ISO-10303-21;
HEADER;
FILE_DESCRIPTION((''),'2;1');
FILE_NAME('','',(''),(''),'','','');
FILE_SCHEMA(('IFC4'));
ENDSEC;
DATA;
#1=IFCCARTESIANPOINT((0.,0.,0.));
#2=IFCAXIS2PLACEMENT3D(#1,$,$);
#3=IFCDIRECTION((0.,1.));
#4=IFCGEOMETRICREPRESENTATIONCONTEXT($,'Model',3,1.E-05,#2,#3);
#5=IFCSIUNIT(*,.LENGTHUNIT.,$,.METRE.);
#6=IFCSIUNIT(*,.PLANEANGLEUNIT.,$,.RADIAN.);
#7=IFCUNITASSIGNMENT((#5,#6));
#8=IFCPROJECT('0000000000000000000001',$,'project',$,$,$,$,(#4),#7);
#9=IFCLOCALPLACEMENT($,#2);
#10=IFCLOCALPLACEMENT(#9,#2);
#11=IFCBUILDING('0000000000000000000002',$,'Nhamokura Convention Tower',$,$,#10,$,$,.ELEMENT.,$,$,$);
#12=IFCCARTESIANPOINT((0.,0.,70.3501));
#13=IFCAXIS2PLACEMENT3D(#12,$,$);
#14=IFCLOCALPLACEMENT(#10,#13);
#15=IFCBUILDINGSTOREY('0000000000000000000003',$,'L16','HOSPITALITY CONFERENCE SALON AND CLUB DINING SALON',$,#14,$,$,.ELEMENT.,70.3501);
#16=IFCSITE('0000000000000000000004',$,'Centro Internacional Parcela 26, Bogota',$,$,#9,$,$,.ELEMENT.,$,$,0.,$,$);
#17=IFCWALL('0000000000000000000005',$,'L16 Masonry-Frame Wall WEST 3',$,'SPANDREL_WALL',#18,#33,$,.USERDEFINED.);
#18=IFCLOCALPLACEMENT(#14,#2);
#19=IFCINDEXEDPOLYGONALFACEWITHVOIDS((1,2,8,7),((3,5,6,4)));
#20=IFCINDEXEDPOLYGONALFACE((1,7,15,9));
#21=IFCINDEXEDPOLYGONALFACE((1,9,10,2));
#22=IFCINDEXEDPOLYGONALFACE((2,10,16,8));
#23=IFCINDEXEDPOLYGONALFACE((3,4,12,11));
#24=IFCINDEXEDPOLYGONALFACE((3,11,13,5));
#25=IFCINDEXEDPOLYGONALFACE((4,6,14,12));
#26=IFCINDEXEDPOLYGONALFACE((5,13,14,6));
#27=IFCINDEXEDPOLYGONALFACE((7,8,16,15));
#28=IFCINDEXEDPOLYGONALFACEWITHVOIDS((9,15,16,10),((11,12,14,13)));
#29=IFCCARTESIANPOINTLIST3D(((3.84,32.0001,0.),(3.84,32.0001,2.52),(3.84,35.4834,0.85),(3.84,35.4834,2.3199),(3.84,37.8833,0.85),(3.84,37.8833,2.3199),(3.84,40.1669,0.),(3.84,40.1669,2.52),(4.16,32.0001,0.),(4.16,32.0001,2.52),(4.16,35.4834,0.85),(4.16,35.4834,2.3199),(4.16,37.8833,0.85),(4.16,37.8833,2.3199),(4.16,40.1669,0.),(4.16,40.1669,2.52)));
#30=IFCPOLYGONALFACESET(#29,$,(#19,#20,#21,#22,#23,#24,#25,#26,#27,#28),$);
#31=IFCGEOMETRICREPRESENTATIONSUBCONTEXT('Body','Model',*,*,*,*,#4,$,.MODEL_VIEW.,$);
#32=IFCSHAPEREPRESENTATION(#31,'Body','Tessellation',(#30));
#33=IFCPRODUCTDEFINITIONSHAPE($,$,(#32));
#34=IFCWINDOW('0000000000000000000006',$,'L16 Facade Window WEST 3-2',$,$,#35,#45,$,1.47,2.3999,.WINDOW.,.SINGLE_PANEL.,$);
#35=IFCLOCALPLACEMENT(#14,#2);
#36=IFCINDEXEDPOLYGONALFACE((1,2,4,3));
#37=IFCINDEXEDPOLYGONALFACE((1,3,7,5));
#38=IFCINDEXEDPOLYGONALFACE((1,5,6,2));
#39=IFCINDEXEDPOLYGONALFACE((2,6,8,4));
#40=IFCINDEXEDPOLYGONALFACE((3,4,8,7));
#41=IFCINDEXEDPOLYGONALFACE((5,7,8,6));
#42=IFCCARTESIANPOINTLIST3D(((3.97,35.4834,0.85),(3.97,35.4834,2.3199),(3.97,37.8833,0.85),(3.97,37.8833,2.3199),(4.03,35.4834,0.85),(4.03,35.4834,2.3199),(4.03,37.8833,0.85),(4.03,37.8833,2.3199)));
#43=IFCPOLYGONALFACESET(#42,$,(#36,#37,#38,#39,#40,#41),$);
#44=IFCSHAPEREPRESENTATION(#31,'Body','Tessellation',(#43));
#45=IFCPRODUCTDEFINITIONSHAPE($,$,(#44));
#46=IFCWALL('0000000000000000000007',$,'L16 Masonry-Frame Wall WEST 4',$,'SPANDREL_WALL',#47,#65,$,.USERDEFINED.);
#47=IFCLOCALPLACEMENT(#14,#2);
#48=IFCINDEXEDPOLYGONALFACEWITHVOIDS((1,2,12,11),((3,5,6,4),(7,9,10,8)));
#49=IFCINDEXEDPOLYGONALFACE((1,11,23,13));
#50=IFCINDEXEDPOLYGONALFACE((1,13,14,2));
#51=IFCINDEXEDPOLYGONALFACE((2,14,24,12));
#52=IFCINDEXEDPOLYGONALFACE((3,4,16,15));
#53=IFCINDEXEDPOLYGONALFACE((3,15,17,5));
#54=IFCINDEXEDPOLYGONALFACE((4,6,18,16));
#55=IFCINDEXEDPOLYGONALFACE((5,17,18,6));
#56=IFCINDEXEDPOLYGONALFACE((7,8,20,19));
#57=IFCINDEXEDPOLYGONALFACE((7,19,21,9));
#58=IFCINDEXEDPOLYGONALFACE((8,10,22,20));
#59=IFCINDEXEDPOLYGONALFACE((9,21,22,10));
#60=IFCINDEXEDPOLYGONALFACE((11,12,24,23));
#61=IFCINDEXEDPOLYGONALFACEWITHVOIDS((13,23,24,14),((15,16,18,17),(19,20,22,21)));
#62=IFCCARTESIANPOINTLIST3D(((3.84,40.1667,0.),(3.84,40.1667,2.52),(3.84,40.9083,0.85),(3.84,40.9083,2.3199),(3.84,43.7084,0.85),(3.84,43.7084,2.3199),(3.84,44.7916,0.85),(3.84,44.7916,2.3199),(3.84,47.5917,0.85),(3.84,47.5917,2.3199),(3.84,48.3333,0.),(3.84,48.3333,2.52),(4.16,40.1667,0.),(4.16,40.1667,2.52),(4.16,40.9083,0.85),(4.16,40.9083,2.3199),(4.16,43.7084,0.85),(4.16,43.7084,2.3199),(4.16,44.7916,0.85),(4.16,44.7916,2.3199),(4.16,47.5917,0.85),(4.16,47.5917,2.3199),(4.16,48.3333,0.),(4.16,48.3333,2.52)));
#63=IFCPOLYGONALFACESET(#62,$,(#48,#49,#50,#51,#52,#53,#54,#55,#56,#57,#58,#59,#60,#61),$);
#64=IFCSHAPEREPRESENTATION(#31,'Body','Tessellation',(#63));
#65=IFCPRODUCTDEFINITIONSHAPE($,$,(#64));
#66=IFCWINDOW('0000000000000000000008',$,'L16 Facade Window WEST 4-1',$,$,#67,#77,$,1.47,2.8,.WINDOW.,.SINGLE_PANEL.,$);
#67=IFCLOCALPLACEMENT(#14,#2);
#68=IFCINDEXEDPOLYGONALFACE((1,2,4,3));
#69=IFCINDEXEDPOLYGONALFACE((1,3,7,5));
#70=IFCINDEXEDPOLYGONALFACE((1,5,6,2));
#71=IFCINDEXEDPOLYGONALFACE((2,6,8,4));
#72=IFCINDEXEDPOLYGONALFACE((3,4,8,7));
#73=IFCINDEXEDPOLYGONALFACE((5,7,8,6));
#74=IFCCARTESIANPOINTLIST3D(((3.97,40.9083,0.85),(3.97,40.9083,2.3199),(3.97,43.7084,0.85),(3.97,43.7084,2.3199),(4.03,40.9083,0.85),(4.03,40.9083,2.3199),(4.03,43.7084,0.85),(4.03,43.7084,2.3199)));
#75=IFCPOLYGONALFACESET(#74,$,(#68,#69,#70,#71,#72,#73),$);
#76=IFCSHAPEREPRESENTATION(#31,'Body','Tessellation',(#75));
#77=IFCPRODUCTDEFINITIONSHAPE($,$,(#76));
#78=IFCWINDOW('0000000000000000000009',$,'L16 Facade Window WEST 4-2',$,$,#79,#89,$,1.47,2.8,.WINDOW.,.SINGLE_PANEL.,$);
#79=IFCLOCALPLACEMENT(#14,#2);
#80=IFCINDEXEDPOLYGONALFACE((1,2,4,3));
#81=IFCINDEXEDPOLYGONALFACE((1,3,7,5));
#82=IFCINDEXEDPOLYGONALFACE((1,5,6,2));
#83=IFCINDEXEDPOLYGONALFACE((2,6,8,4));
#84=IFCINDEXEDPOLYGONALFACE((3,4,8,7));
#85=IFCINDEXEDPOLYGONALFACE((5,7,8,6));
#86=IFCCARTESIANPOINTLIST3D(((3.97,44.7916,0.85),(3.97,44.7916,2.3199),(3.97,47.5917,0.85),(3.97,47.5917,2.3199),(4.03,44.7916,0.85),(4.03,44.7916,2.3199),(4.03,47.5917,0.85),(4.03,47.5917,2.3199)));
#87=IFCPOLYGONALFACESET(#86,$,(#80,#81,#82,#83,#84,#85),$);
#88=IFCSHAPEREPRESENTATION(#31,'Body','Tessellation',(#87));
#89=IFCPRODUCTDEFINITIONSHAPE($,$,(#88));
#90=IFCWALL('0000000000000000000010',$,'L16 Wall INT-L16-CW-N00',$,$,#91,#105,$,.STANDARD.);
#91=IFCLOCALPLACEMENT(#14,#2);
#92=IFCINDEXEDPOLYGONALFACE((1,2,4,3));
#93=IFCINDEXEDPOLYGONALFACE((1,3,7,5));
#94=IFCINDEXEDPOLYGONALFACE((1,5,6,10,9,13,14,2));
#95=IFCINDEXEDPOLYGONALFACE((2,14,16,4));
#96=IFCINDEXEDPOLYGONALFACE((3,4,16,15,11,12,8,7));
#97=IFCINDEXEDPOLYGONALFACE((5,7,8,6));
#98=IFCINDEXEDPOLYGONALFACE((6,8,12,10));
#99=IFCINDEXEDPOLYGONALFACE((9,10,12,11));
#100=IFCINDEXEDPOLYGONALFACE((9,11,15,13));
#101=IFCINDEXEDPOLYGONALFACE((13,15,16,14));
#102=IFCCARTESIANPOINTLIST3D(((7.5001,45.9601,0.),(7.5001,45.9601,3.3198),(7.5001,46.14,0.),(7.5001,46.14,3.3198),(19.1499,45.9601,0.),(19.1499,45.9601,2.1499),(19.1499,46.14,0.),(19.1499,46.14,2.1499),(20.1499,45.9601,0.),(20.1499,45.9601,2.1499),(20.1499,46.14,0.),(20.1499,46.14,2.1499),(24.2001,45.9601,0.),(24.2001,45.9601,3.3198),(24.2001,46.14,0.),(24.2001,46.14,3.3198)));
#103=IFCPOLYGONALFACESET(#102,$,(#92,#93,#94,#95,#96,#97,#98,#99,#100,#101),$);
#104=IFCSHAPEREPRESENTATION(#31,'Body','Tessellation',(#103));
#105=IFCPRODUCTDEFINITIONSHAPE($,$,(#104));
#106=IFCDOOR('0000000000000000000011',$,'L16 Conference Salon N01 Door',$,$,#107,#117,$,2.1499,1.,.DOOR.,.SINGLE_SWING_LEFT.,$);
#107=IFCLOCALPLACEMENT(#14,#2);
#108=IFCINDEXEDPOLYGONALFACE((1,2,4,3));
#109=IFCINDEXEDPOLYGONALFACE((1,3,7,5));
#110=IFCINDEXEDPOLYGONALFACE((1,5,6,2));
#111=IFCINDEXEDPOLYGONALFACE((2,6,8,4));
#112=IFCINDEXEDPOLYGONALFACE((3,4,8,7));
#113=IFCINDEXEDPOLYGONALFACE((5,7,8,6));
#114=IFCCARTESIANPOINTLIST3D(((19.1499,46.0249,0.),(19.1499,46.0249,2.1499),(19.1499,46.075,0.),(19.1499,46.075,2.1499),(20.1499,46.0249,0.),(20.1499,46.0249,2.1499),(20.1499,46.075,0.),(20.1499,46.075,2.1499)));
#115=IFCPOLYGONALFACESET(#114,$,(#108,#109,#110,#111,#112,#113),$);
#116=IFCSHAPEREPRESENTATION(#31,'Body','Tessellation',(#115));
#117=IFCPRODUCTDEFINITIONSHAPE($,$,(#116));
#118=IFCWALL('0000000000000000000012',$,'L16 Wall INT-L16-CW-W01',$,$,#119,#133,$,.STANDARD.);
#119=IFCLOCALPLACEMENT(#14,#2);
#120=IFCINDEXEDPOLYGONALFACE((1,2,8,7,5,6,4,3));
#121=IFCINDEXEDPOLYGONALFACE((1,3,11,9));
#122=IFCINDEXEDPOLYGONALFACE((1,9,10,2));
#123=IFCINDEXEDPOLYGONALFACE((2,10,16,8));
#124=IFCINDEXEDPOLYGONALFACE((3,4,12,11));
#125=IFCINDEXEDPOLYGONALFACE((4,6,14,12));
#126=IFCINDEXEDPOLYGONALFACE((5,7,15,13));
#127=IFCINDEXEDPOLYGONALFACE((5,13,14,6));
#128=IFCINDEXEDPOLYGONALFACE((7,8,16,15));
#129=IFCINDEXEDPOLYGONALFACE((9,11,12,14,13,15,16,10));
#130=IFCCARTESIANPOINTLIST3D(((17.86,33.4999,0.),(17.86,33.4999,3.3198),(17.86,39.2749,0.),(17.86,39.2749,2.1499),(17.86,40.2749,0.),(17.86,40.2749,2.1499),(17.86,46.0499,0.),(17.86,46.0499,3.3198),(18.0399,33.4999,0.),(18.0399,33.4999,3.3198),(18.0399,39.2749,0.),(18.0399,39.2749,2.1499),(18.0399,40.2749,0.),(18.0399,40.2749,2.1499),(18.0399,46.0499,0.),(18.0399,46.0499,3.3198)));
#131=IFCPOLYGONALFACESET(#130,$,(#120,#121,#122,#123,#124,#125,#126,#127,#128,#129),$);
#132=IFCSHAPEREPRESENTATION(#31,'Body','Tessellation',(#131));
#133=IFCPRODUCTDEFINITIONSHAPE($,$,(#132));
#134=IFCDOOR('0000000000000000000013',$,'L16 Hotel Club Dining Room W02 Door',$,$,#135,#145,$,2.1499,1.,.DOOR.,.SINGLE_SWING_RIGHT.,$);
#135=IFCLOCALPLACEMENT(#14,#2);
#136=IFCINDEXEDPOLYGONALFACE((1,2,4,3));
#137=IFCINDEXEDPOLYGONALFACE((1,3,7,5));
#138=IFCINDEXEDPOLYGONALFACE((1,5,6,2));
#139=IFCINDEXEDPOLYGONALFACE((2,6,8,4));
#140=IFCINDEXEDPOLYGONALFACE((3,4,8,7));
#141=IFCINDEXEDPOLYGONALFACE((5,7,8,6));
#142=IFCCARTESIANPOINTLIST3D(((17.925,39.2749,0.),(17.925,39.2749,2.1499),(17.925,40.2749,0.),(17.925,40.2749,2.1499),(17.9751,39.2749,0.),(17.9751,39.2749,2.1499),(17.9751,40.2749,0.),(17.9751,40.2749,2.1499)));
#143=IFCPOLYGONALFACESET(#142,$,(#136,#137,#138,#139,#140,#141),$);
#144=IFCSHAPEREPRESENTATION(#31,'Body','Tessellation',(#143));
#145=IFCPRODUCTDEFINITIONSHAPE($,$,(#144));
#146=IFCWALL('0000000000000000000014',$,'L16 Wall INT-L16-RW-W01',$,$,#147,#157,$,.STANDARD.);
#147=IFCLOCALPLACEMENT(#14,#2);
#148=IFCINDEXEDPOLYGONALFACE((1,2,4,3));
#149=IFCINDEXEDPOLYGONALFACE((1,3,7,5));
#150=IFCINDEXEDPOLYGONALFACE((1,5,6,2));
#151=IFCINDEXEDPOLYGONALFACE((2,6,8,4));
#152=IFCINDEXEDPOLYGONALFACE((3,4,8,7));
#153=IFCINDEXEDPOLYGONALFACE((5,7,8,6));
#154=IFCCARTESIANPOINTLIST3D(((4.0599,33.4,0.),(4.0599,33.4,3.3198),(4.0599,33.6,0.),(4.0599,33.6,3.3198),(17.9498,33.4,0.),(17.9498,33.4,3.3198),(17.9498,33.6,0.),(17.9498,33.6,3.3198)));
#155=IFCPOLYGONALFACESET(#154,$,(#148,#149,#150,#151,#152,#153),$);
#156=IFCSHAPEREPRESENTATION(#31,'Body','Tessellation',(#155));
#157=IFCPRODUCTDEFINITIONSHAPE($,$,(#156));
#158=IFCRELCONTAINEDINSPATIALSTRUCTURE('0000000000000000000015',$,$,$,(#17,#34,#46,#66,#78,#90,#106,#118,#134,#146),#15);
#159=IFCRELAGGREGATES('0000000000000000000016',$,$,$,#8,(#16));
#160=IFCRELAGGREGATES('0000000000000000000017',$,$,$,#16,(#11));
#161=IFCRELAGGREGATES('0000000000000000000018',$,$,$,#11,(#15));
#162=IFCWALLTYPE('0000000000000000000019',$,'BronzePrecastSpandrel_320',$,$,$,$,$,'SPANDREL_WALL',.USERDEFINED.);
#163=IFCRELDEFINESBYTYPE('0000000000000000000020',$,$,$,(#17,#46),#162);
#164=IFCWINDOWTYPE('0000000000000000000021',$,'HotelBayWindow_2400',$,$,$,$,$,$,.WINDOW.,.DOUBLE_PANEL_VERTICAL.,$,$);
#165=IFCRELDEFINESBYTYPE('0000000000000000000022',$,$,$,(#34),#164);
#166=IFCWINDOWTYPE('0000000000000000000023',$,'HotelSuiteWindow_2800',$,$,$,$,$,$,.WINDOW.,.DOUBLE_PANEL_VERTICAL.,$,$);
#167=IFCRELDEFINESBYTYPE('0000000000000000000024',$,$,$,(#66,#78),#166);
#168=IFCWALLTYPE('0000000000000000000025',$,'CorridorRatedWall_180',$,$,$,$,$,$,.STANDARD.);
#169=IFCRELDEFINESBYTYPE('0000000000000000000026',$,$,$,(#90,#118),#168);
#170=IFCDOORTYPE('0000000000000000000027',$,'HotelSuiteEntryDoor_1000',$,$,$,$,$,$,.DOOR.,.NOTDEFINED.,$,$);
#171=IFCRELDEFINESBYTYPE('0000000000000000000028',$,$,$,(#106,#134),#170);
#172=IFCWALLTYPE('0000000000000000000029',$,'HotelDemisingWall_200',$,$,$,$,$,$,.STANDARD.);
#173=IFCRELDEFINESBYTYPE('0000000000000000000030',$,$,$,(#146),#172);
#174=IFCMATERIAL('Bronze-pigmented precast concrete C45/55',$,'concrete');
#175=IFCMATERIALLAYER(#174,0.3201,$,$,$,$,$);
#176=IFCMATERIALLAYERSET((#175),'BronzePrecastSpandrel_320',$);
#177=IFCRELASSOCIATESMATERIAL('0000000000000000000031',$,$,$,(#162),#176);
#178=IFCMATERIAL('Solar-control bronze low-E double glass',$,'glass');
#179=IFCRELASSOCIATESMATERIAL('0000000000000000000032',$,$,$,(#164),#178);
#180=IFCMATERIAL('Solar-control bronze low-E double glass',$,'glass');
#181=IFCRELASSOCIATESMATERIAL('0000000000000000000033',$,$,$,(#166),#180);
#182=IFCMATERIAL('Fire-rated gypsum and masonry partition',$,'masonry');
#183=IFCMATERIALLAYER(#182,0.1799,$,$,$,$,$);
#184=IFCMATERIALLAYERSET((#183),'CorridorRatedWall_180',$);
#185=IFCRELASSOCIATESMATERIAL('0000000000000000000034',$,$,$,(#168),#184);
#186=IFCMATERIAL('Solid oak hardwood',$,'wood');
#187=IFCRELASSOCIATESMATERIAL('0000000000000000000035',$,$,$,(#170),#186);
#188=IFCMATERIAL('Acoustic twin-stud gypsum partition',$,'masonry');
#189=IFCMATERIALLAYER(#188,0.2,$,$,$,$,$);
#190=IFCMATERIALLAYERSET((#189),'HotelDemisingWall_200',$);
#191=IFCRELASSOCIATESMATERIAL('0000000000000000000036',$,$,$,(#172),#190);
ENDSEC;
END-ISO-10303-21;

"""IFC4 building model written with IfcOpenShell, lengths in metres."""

from ifc_helpers import new_model, si_unit, direction, frame, frame_2d, origin, place, context, subcontext, project, spatial, rectangle, extrude, material, layer, layer_set, type_object, element, fill, save


model = new_model("IFC4")

# Units and contexts
model_context = context("Model", 3, precision=1e-05, world=origin(), true_north=direction((0.0, 1.0)))
body_context = subcontext(model_context, "Body", "Model", "MODEL_VIEW")
ifc_project = project(units=[si_unit("LENGTHUNIT", "METRE"), si_unit("PLANEANGLEUNIT", "RADIAN")], contexts=[model_context])

# Site, building, storey
site_placement = place(None, origin())
site = spatial("IfcSite", under=ifc_project, at=site_placement, Name="Centro Internacional Parcela 26, Bogota", CompositionType="ELEMENT", RefElevation=0.0)
building_placement = place(site_placement, origin())
building = spatial("IfcBuilding", under=site, at=building_placement, Name="Nhamokura Convention Tower", CompositionType="ELEMENT")
storey_placement = place(building_placement, frame((0.0, 0.0, 70.3501)))
storey = spatial("IfcBuildingStorey", under=building, at=storey_placement, Name="L16", Description="HOSPITALITY CONFERENCE SALON AND CLUB DINING SALON", CompositionType="ELEMENT", Elevation=70.3501)

# Wall, opening, window
ifc_material_1 = material(Name="Bronze-pigmented precast concrete C45/55", Category="concrete")
ifc_layer_1 = layer(ifc_material_1, 0.3201)
ifc_layer_set_1 = layer_set([ifc_layer_1], Name="BronzePrecastSpandrel_320")
wall_type_1 = type_object("IfcWallType", Name="BronzePrecastSpandrel_320", ElementType="SPANDREL_WALL", PredefinedType="USERDEFINED", material=ifc_layer_set_1)
wall_1_placement = place(storey_placement, frame((4.0, 32.0, 0.0), z_axis=(0.0, 0.0, 1.0), x_axis=(0.0, 1.0, 0.0)))
wall_1 = element("IfcWall", 1, at=wall_1_placement, inside=storey, type_object=wall_type_1, Name="L16 Masonry-Frame Wall WEST 3", ObjectType="SPANDREL_WALL", PredefinedType="USERDEFINED", context=body_context, shape_type="SweptSolid", body=[
    extrude(rectangle(XDim=8.1667, YDim=0.3201, at=frame_2d((4.0835, 0.0))), origin(), (0.0, 0.0, 1.0), 2.52),
])
opening_1_placement = place(wall_1_placement, frame((3.4834, 0.0, 0.8501)))
opening_1 = element("IfcOpeningElement", 2, at=opening_1_placement, cuts=wall_1, PredefinedType="OPENING", context=body_context, shape_type="SweptSolid", body=[
    extrude(rectangle(XDim=2.3999, YDim=1.47, at=frame_2d((1.2, 0.7349))), frame((0.0, 0.1699, 0.0), z_axis=(0.0, -1.0, 0.0), x_axis=(1.0, 0.0, 0.0)), (0.0, 0.0, 1.0), 0.3401),
])
ifc_material_2 = material(Name="Solar-control bronze low-E double glass", Category="glass")
window_type_1 = type_object("IfcWindowType", Name="HotelBayWindow_2400", PartitioningType="DOUBLE_PANEL_VERTICAL", PredefinedType="WINDOW", material=ifc_material_2)
window_1_placement = place(opening_1_placement, origin())
window_1 = element("IfcWindow", 3, at=window_1_placement, inside=storey, type_object=window_type_1, Name="L16 Facade Window WEST 3-2", OverallHeight=1.47, OverallWidth=2.3999, PartitioningType="SINGLE_PANEL", PredefinedType="WINDOW", context=body_context, shape_type="SweptSolid", body=[
    extrude(rectangle(XDim=2.3999, YDim=1.47, at=frame_2d((1.2, 0.7349))), frame((0.0, 0.03, 0.0), z_axis=(0.0, -1.0, 0.0), x_axis=(1.0, 0.0, 0.0)), (0.0, 0.0, 1.0), 0.0601),
])
fill(opening_1, window_1)

# Wall, openings, windows
wall_2_placement = place(storey_placement, frame((4.0, 40.1667, 0.0), z_axis=(0.0, 0.0, 1.0), x_axis=(0.0, 1.0, 0.0)))
wall_2 = element("IfcWall", 4, at=wall_2_placement, inside=storey, type_object=wall_type_1, Name="L16 Masonry-Frame Wall WEST 4", ObjectType="SPANDREL_WALL", PredefinedType="USERDEFINED", context=body_context, shape_type="SweptSolid", body=[
    extrude(rectangle(XDim=8.1665, YDim=0.3201, at=frame_2d((4.0833, 0.0))), origin(), (0.0, 0.0, 1.0), 2.52),
])
opening_2_placement = place(wall_2_placement, frame((0.7417, 0.0, 0.8501)))
opening_2 = element("IfcOpeningElement", 5, at=opening_2_placement, cuts=wall_2, PredefinedType="OPENING", context=body_context, shape_type="SweptSolid", body=[
    extrude(rectangle(XDim=2.8, YDim=1.47, at=frame_2d((1.3999, 0.7349))), frame((0.0, 0.1699, 0.0), z_axis=(0.0, -1.0, 0.0), x_axis=(1.0, 0.0, 0.0)), (0.0, 0.0, 1.0), 0.3401),
])
opening_3_placement = place(wall_2_placement, frame((4.625, 0.0, 0.8501)))
opening_3 = element("IfcOpeningElement", 6, at=opening_3_placement, cuts=wall_2, PredefinedType="OPENING", context=body_context, shape_type="SweptSolid", body=[
    extrude(rectangle(XDim=2.8, YDim=1.47, at=frame_2d((1.3999, 0.7349))), frame((0.0, 0.1699, 0.0), z_axis=(0.0, -1.0, 0.0), x_axis=(1.0, 0.0, 0.0)), (0.0, 0.0, 1.0), 0.3401),
])
ifc_material_3 = material(Name="Solar-control bronze low-E double glass", Category="glass")
window_type_2 = type_object("IfcWindowType", Name="HotelSuiteWindow_2800", PartitioningType="DOUBLE_PANEL_VERTICAL", PredefinedType="WINDOW", material=ifc_material_3)
window_2_placement = place(opening_2_placement, origin())
window_2 = element("IfcWindow", 7, at=window_2_placement, inside=storey, type_object=window_type_2, Name="L16 Facade Window WEST 4-1", OverallHeight=1.47, OverallWidth=2.8, PartitioningType="SINGLE_PANEL", PredefinedType="WINDOW", context=body_context, shape_type="SweptSolid", body=[
    extrude(rectangle(XDim=2.8, YDim=1.47, at=frame_2d((1.3999, 0.7349))), frame((0.0, 0.03, 0.0), z_axis=(0.0, -1.0, 0.0), x_axis=(1.0, 0.0, 0.0)), (0.0, 0.0, 1.0), 0.0601),
])
fill(opening_2, window_2)
window_3_placement = place(opening_3_placement, origin())
window_3 = element("IfcWindow", 8, at=window_3_placement, inside=storey, type_object=window_type_2, Name="L16 Facade Window WEST 4-2", OverallHeight=1.47, OverallWidth=2.8, PartitioningType="SINGLE_PANEL", PredefinedType="WINDOW", context=body_context, shape_type="SweptSolid", body=[
    extrude(rectangle(XDim=2.8, YDim=1.47, at=frame_2d((1.3999, 0.7349))), frame((0.0, 0.03, 0.0), z_axis=(0.0, -1.0, 0.0), x_axis=(1.0, 0.0, 0.0)), (0.0, 0.0, 1.0), 0.0601),
])
fill(opening_3, window_3)

# Walls, openings, doors
ifc_material_4 = material(Name="Fire-rated gypsum and masonry partition", Category="masonry")
ifc_layer_2 = layer(ifc_material_4, 0.1799)
ifc_layer_set_2 = layer_set([ifc_layer_2], Name="CorridorRatedWall_180")
wall_type_2 = type_object("IfcWallType", Name="CorridorRatedWall_180", PredefinedType="STANDARD", material=ifc_layer_set_2)
wall_3_placement = place(storey_placement, frame((7.5, 46.05, 0.0), z_axis=(0.0, 0.0, 1.0), x_axis=(1.0, 0.0, 0.0)))
wall_3 = element("IfcWall", 9, at=wall_3_placement, inside=storey, type_object=wall_type_2, Name="L16 Wall INT-L16-CW-N00", PredefinedType="STANDARD", context=body_context, shape_type="SweptSolid", body=[
    extrude(rectangle(XDim=16.7, YDim=0.1799, at=frame_2d((8.3501, 0.0))), origin(), (0.0, 0.0, 1.0), 3.3198),
])
opening_4_placement = place(wall_3_placement, frame((11.6499, 0.0, 0.0)))
opening_4 = element("IfcOpeningElement", 10, at=opening_4_placement, cuts=wall_3, PredefinedType="OPENING", context=body_context, shape_type="SweptSolid", body=[
    extrude(rectangle(XDim=1.0, YDim=2.1499, at=frame_2d((0.5, 1.075))), frame((0.0, 0.0999, 0.0), z_axis=(0.0, -1.0, 0.0), x_axis=(1.0, 0.0, 0.0)), (0.0, 0.0, 1.0), 0.2),
])
ifc_material_5 = material(Name="Solid oak hardwood", Category="wood")
door_type = type_object("IfcDoorType", Name="HotelSuiteEntryDoor_1000", OperationType="NOTDEFINED", PredefinedType="DOOR", material=ifc_material_5)
door_1_placement = place(opening_4_placement, origin())
door_1 = element("IfcDoor", 11, at=door_1_placement, inside=storey, type_object=door_type, Name="L16 Conference Salon N01 Door", OperationType="SINGLE_SWING_LEFT", OverallHeight=2.1499, OverallWidth=1.0, PredefinedType="DOOR", context=body_context, shape_type="SweptSolid", body=[
    extrude(rectangle(XDim=1.0, YDim=2.1499, at=frame_2d((0.5, 1.075))), frame((0.0, 0.0249, 0.0), z_axis=(0.0, -1.0, 0.0), x_axis=(1.0, 0.0, 0.0)), (0.0, 0.0, 1.0), 0.05),
])
fill(opening_4, door_1)
wall_4_placement = place(storey_placement, frame((17.95, 33.5, 0.0), z_axis=(0.0, 0.0, 1.0), x_axis=(0.0, 1.0, 0.0)))
wall_4 = element("IfcWall", 12, at=wall_4_placement, inside=storey, type_object=wall_type_2, Name="L16 Wall INT-L16-CW-W01", PredefinedType="STANDARD", context=body_context, shape_type="SweptSolid", body=[
    extrude(rectangle(XDim=12.55, YDim=0.1799, at=frame_2d((6.2749, 0.0))), origin(), (0.0, 0.0, 1.0), 3.3198),
])
opening_5_placement = place(wall_4_placement, frame((5.7749, 0.0, 0.0)))
opening_5 = element("IfcOpeningElement", 13, at=opening_5_placement, cuts=wall_4, PredefinedType="OPENING", context=body_context, shape_type="SweptSolid", body=[
    extrude(rectangle(XDim=1.0, YDim=2.1499, at=frame_2d((0.5, 1.075))), frame((0.0, 0.0999, 0.0), z_axis=(0.0, -1.0, 0.0), x_axis=(1.0, 0.0, 0.0)), (0.0, 0.0, 1.0), 0.2),
])
door_2_placement = place(opening_5_placement, origin())
door_2 = element("IfcDoor", 14, at=door_2_placement, inside=storey, type_object=door_type, Name="L16 Hotel Club Dining Room W02 Door", OperationType="SINGLE_SWING_RIGHT", OverallHeight=2.1499, OverallWidth=1.0, PredefinedType="DOOR", context=body_context, shape_type="SweptSolid", body=[
    extrude(rectangle(XDim=1.0, YDim=2.1499, at=frame_2d((0.5, 1.075))), frame((0.0, 0.0249, 0.0), z_axis=(0.0, -1.0, 0.0), x_axis=(1.0, 0.0, 0.0)), (0.0, 0.0, 1.0), 0.05),
])
fill(opening_5, door_2)

# Wall
ifc_material_6 = material(Name="Acoustic twin-stud gypsum partition", Category="masonry")
ifc_layer_3 = layer(ifc_material_6, 0.2)
ifc_layer_set_3 = layer_set([ifc_layer_3], Name="HotelDemisingWall_200")
wall_type_3 = type_object("IfcWallType", Name="HotelDemisingWall_200", PredefinedType="STANDARD", material=ifc_layer_set_3)
wall_5_placement = place(storey_placement, frame((4.0601, 33.5, 0.0), z_axis=(0.0, 0.0, 1.0), x_axis=(1.0, 0.0, 0.0)))
element("IfcWall", 15, at=wall_5_placement, inside=storey, type_object=wall_type_3, Name="L16 Wall INT-L16-RW-W01", PredefinedType="STANDARD", context=body_context, shape_type="SweptSolid", body=[
    extrude(rectangle(XDim=13.8899, YDim=0.2, at=frame_2d((6.9448, 0.0))), origin(), (0.0, 0.0, 1.0), 3.3198),
])

save(model, "model.ifc")
